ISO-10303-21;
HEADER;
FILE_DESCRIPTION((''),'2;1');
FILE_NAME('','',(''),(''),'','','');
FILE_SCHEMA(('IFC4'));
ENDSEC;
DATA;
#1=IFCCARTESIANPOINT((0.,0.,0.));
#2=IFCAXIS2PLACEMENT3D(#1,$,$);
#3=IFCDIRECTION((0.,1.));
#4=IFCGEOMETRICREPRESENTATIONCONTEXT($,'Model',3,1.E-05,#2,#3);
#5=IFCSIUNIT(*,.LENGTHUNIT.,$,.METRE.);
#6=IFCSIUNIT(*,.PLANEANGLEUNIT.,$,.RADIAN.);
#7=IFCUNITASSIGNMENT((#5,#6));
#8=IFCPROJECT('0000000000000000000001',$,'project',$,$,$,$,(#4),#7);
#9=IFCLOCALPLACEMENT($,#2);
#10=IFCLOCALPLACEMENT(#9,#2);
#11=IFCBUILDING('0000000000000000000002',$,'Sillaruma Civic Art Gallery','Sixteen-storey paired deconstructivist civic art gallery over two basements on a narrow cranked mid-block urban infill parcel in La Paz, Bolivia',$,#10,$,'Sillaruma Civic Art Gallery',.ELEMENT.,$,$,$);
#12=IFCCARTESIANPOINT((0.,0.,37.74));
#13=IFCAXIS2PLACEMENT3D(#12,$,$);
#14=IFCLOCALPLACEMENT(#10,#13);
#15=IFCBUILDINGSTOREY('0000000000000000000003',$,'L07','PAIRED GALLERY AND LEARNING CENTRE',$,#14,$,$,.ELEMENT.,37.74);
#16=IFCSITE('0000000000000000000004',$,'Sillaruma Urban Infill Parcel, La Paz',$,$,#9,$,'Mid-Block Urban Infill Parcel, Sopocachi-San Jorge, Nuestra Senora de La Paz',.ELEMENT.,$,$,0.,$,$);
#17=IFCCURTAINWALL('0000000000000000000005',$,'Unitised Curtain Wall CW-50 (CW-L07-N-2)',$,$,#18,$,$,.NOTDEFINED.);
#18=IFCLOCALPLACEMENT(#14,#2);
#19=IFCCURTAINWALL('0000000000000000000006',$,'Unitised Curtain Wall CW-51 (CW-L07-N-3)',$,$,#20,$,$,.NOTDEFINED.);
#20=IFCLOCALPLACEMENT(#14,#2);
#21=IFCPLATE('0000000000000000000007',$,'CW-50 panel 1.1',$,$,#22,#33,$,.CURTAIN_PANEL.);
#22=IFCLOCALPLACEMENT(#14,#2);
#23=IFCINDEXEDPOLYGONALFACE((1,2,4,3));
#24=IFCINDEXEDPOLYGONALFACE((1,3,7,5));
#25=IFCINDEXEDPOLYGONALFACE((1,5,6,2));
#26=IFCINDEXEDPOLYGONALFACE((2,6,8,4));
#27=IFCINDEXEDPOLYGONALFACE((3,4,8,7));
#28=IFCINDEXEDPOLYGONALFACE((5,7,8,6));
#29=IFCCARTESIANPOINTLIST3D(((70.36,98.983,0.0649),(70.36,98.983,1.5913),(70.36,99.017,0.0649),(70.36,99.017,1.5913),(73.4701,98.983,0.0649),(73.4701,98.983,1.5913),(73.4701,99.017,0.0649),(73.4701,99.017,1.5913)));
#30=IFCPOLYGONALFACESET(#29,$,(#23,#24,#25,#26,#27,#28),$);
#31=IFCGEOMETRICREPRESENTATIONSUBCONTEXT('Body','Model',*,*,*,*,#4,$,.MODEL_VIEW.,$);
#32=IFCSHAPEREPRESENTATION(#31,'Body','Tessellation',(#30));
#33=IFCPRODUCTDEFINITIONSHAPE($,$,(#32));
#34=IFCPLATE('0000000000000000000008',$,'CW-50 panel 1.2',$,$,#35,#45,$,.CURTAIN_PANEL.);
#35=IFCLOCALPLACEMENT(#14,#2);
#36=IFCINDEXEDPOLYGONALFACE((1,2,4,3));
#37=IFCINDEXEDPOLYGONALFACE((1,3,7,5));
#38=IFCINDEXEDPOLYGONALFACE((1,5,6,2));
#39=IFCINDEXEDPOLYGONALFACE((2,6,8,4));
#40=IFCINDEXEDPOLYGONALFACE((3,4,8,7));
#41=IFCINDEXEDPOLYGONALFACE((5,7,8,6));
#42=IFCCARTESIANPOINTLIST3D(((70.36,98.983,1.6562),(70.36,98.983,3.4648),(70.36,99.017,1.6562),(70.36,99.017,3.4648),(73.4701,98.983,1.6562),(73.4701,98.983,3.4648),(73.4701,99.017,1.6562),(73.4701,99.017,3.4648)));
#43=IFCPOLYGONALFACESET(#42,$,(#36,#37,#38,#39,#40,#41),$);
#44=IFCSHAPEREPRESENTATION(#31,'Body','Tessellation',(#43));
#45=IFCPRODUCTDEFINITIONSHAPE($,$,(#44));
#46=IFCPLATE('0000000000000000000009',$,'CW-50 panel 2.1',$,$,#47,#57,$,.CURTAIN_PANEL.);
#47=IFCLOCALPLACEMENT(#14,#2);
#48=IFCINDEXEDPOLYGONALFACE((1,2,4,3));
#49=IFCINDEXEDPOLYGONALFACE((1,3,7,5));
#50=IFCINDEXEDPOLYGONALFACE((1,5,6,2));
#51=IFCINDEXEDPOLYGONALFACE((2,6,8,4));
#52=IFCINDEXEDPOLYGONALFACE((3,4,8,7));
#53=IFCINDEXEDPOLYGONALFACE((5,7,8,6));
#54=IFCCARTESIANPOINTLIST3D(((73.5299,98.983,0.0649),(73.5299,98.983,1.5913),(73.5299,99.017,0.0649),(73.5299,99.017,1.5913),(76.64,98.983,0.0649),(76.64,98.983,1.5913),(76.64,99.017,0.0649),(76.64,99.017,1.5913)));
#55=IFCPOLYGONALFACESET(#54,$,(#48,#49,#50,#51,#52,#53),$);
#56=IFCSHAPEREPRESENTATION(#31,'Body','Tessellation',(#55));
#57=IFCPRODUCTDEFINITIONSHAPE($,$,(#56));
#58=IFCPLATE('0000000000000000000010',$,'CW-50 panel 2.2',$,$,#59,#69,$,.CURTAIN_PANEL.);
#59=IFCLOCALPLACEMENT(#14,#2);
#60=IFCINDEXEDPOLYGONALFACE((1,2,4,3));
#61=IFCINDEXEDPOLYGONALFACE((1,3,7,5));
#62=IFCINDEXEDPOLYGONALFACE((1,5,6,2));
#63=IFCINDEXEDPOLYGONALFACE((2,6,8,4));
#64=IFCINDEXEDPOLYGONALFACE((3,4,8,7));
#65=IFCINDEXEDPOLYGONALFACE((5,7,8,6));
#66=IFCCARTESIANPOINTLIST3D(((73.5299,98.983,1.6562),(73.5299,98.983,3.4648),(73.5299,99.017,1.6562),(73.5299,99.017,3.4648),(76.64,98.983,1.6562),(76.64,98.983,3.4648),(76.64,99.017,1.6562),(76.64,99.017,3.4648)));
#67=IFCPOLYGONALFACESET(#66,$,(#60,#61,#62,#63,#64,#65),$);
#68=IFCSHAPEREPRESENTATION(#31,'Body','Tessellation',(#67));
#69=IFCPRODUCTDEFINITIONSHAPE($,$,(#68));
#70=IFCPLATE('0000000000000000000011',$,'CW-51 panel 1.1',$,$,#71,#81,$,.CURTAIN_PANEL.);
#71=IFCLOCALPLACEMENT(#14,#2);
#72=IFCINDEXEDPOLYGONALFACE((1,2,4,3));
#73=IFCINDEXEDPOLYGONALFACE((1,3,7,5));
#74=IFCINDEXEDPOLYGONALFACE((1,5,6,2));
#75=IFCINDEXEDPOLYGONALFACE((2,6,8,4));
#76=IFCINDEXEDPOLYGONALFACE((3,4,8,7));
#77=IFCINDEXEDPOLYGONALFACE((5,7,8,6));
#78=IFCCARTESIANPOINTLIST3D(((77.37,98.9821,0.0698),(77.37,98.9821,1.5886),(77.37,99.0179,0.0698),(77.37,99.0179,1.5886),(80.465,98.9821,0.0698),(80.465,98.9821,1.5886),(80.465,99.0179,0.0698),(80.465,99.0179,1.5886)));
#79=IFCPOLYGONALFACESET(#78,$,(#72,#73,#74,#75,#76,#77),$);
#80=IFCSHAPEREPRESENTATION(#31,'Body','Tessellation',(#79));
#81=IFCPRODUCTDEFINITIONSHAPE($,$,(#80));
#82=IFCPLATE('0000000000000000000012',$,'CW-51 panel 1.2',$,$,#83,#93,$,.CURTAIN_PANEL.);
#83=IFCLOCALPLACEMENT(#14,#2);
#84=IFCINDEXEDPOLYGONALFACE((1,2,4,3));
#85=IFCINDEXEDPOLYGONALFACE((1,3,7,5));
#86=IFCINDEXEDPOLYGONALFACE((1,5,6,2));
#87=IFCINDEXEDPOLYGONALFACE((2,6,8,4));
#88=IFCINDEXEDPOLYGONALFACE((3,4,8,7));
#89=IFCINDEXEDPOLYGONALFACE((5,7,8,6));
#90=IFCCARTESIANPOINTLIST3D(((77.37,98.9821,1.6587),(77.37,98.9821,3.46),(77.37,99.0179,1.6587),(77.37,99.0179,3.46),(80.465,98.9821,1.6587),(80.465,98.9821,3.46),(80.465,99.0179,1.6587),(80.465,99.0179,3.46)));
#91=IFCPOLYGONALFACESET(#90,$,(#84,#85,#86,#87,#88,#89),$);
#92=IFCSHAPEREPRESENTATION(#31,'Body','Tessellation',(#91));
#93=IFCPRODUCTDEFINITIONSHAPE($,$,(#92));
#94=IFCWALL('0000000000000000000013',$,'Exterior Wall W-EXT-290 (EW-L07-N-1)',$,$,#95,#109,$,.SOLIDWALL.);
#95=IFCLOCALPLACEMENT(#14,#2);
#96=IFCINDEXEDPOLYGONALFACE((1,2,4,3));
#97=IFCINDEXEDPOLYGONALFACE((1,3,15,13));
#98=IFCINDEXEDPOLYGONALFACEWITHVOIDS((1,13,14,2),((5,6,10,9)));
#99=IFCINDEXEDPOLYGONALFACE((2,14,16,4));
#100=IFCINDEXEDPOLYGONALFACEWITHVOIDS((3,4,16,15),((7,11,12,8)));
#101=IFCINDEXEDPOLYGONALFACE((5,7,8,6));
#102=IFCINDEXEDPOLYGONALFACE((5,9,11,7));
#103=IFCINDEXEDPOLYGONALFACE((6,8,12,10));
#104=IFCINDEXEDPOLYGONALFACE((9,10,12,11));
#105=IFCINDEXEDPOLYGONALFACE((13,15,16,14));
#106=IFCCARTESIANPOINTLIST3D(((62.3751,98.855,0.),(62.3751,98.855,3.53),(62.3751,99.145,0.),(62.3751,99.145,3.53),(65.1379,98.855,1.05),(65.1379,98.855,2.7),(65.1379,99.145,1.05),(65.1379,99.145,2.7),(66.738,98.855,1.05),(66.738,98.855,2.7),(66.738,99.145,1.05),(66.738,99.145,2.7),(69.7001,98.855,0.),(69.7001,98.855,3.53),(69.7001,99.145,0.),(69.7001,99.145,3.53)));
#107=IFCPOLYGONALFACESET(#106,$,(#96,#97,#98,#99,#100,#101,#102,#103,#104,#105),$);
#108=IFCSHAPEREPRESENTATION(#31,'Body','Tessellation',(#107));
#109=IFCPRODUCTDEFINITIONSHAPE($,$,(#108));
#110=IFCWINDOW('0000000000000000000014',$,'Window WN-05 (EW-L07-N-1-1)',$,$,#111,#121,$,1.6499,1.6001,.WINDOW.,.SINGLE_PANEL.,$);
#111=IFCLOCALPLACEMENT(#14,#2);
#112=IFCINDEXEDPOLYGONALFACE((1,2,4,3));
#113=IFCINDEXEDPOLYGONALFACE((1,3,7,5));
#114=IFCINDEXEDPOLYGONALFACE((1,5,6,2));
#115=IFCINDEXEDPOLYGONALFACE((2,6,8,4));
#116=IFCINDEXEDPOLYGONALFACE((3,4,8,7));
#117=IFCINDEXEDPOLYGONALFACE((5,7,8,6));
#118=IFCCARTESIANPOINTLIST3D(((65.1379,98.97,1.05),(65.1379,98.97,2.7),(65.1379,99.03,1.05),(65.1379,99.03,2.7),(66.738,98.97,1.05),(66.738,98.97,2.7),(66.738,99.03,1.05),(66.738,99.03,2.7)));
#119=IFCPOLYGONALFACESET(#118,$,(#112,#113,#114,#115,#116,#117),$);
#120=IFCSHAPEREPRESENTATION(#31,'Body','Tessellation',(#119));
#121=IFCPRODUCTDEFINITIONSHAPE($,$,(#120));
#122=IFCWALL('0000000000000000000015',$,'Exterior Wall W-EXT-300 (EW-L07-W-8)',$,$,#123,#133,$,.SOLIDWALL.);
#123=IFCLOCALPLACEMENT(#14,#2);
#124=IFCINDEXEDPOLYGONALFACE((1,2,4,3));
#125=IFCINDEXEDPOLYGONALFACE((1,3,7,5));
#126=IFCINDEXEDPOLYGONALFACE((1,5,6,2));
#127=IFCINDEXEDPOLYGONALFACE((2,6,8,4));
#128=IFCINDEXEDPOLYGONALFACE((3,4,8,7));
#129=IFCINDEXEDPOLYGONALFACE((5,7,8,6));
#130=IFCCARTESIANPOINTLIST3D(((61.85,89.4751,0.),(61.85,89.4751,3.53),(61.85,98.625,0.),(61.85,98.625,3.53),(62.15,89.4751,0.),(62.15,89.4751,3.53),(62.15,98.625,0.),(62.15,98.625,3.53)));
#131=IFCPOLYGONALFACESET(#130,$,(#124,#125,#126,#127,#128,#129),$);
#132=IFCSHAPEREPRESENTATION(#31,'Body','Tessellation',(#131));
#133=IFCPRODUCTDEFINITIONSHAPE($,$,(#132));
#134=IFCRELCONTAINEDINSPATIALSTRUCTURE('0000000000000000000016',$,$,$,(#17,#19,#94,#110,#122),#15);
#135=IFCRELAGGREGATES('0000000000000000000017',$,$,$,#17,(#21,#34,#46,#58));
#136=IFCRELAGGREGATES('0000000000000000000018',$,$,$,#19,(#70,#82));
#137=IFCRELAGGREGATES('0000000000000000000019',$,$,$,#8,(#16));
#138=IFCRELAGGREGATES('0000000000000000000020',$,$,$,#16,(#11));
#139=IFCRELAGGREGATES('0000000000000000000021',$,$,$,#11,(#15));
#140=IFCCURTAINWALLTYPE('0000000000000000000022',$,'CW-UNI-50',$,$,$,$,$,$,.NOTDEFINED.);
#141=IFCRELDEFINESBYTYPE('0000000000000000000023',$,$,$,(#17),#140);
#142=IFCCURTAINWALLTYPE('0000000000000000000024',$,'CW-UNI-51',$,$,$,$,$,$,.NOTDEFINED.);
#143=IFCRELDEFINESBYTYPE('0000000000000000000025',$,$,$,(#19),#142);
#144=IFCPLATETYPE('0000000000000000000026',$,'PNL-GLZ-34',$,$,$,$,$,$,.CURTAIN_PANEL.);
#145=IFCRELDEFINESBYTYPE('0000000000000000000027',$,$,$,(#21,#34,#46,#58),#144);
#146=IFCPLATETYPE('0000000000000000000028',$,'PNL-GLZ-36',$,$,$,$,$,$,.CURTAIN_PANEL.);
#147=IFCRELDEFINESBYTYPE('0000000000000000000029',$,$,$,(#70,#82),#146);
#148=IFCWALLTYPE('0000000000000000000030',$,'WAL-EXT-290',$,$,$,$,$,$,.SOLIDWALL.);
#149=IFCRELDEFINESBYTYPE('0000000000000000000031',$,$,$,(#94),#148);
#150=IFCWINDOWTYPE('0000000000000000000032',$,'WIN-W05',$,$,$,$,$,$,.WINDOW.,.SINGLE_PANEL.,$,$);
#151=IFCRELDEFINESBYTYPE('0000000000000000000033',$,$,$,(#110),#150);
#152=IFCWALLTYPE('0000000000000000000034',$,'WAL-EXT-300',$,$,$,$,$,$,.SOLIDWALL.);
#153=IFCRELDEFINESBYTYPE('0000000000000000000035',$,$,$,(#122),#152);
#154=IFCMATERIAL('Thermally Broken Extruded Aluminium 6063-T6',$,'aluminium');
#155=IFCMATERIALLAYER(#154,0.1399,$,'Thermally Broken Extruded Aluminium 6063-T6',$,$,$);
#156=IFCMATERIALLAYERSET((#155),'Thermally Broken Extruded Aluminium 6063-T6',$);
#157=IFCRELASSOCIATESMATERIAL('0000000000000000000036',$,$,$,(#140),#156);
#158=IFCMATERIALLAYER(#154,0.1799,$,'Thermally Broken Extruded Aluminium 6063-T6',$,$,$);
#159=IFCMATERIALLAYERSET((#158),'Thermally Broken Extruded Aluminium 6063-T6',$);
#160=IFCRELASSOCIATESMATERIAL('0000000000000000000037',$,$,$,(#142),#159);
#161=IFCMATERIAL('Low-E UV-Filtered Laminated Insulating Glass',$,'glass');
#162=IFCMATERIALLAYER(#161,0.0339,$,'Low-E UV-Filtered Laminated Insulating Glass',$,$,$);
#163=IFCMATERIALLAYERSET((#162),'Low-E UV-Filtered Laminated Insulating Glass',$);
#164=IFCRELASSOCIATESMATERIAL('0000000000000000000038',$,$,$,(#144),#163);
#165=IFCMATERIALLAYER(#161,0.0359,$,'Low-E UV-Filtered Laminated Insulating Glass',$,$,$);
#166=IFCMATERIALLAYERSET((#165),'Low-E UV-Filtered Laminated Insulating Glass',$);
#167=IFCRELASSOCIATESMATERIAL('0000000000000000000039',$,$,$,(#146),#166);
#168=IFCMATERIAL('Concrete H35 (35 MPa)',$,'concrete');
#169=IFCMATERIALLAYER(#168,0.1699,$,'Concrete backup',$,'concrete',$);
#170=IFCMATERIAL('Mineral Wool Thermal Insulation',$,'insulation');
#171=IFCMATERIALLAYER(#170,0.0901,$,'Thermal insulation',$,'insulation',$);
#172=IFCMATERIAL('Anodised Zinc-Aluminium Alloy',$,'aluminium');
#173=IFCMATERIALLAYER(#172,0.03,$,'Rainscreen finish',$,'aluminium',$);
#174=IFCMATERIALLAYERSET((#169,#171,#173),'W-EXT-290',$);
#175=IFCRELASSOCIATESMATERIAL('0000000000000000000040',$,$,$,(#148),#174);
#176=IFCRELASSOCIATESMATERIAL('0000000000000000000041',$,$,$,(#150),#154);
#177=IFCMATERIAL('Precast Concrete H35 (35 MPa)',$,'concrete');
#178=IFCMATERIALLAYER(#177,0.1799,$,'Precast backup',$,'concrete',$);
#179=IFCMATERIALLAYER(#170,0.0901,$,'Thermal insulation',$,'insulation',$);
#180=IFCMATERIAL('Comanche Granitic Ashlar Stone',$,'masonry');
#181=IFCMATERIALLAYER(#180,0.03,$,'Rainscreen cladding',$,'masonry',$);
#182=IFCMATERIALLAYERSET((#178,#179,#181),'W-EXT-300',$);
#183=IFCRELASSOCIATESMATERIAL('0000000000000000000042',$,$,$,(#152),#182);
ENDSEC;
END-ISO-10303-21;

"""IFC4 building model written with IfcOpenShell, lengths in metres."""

from ifc_helpers import new_model, si_unit, direction, frame, frame_2d, origin, origin_2d, place, context, subcontext, project, spatial, rectangle, extrude, material, layer, layer_set, type_object, element, fill, aggregate, save


model = new_model("IFC4")

# Units and contexts
model_context = context("Model", 3, precision=1e-05, world=origin(), true_north=direction((0.0, 1.0)))
body_context = subcontext(model_context, "Body", "Model", "MODEL_VIEW")
ifc_project = project(units=[si_unit("LENGTHUNIT", "METRE"), si_unit("PLANEANGLEUNIT", "RADIAN")], contexts=[model_context])

# Site, building, storey
site_placement = place(None, origin())
site = spatial("IfcSite", under=ifc_project, at=site_placement, Name="Sillaruma Urban Infill Parcel, La Paz", LongName="Mid-Block Urban Infill Parcel, Sopocachi-San Jorge, Nuestra Senora de La Paz", CompositionType="ELEMENT", RefElevation=0.0)
building_placement = place(site_placement, origin())
building = spatial("IfcBuilding", under=site, at=building_placement, Name="Sillaruma Civic Art Gallery", Description="Sixteen-storey paired deconstructivist civic art gallery over two basements on a narrow cranked mid-block urban infill parcel in La Paz, Bolivia", LongName="Sillaruma Civic Art Gallery", CompositionType="ELEMENT")
storey_placement = place(building_placement, frame((0.0, 0.0, 37.74)))
storey = spatial("IfcBuildingStorey", under=building, at=storey_placement, Name="L07", Description="PAIRED GALLERY AND LEARNING CENTRE", CompositionType="ELEMENT", Elevation=37.74)

# Shared definitions
ifc_material_1 = material(Name="Concrete H35 (35 MPa)", Category="concrete")

# Curtain walls
ifc_material_2 = material(Name="Thermally Broken Extruded Aluminium 6063-T6", Category="aluminium")
ifc_layer_1 = layer(ifc_material_2, 0.1399, Name="Thermally Broken Extruded Aluminium 6063-T6")
ifc_layer_set_1 = layer_set([ifc_layer_1], Name="Thermally Broken Extruded Aluminium 6063-T6")
curtain_wall_type_1 = type_object("IfcCurtainWallType", Name="CW-UNI-50", PredefinedType="NOTDEFINED", material=ifc_layer_set_1)
curtain_wall_1_placement = place(storey_placement, origin())
curtain_wall_1 = element("IfcCurtainWall", 1, at=curtain_wall_1_placement, inside=storey, type_object=curtain_wall_type_1, Name="Unitised Curtain Wall CW-50 (CW-L07-N-2)", PredefinedType="NOTDEFINED")
ifc_layer_2 = layer(ifc_material_2, 0.1799, Name="Thermally Broken Extruded Aluminium 6063-T6")
ifc_layer_set_2 = layer_set([ifc_layer_2], Name="Thermally Broken Extruded Aluminium 6063-T6")
curtain_wall_type_2 = type_object("IfcCurtainWallType", Name="CW-UNI-51", PredefinedType="NOTDEFINED", material=ifc_layer_set_2)
curtain_wall_2_placement = place(storey_placement, origin())
curtain_wall_2 = element("IfcCurtainWall", 2, at=curtain_wall_2_placement, inside=storey, type_object=curtain_wall_type_2, Name="Unitised Curtain Wall CW-51 (CW-L07-N-3)", PredefinedType="NOTDEFINED")

# Plates
ifc_material_3 = material(Name="Low-E UV-Filtered Laminated Insulating Glass", Category="glass")
ifc_layer_3 = layer(ifc_material_3, 0.0339, Name="Low-E UV-Filtered Laminated Insulating Glass")
ifc_layer_set_3 = layer_set([ifc_layer_3], Name="Low-E UV-Filtered Laminated Insulating Glass")
plate_type_1 = type_object("IfcPlateType", Name="PNL-GLZ-34", PredefinedType="CURTAIN_PANEL", material=ifc_layer_set_3)
plate_1_placement = place(storey_placement, frame((71.915, 99.0, 0.0649), z_axis=(0.0, 0.0, 1.0), x_axis=(1.0, 0.0, 0.0)))
plate_1 = element("IfcPlate", 3, at=plate_1_placement, type_object=plate_type_1, Name="CW-50 panel 1.1", PredefinedType="CURTAIN_PANEL", context=body_context, shape_type="SweptSolid", body=[
    extrude(rectangle(XDim=3.1101, YDim=0.0339, at=origin_2d()), origin(), (0.0, 0.0, 1.0), 1.5264),
])
plate_2_placement = place(storey_placement, frame((71.915, 99.0, 1.6562), z_axis=(0.0, 0.0, 1.0), x_axis=(1.0, 0.0, 0.0)))
plate_2 = element("IfcPlate", 4, at=plate_2_placement, type_object=plate_type_1, Name="CW-50 panel 1.2", PredefinedType="CURTAIN_PANEL", context=body_context, shape_type="SweptSolid", body=[
    extrude(rectangle(XDim=3.1101, YDim=0.0339, at=origin_2d()), origin(), (0.0, 0.0, 1.0), 1.8086),
])
plate_3_placement = place(storey_placement, frame((75.085, 99.0, 0.0649), z_axis=(0.0, 0.0, 1.0), x_axis=(1.0, 0.0, 0.0)))
plate_3 = element("IfcPlate", 5, at=plate_3_placement, type_object=plate_type_1, Name="CW-50 panel 2.1", PredefinedType="CURTAIN_PANEL", context=body_context, shape_type="SweptSolid", body=[
    extrude(rectangle(XDim=3.1101, YDim=0.0339, at=origin_2d()), origin(), (0.0, 0.0, 1.0), 1.5264),
])
plate_4_placement = place(storey_placement, frame((75.085, 99.0, 1.6562), z_axis=(0.0, 0.0, 1.0), x_axis=(1.0, 0.0, 0.0)))
plate_4 = element("IfcPlate", 6, at=plate_4_placement, type_object=plate_type_1, Name="CW-50 panel 2.2", PredefinedType="CURTAIN_PANEL", context=body_context, shape_type="SweptSolid", body=[
    extrude(rectangle(XDim=3.1101, YDim=0.0339, at=origin_2d()), origin(), (0.0, 0.0, 1.0), 1.8086),
])
aggregate(curtain_wall_1, [plate_1, plate_2, plate_3, plate_4])
ifc_layer_4 = layer(ifc_material_3, 0.0359, Name="Low-E UV-Filtered Laminated Insulating Glass")
ifc_layer_set_4 = layer_set([ifc_layer_4], Name="Low-E UV-Filtered Laminated Insulating Glass")
plate_type_2 = type_object("IfcPlateType", Name="PNL-GLZ-36", PredefinedType="CURTAIN_PANEL", material=ifc_layer_set_4)
plate_5_placement = place(storey_placement, frame((78.9175, 99.0, 0.0698), z_axis=(0.0, 0.0, 1.0), x_axis=(1.0, 0.0, 0.0)))
plate_5 = element("IfcPlate", 7, at=plate_5_placement, type_object=plate_type_2, Name="CW-51 panel 1.1", PredefinedType="CURTAIN_PANEL", context=body_context, shape_type="SweptSolid", body=[
    extrude(rectangle(XDim=3.095, YDim=0.0359, at=origin_2d()), origin(), (0.0, 0.0, 1.0), 1.5188),
])
plate_6_placement = place(storey_placement, frame((78.9175, 99.0, 1.6587), z_axis=(0.0, 0.0, 1.0), x_axis=(1.0, 0.0, 0.0)))
plate_6 = element("IfcPlate", 8, at=plate_6_placement, type_object=plate_type_2, Name="CW-51 panel 1.2", PredefinedType="CURTAIN_PANEL", context=body_context, shape_type="SweptSolid", body=[
    extrude(rectangle(XDim=3.095, YDim=0.0359, at=origin_2d()), origin(), (0.0, 0.0, 1.0), 1.8013),
])
aggregate(curtain_wall_2, [plate_5, plate_6])

# Wall, opening, window
ifc_layer_5 = layer(ifc_material_1, 0.1699, Name="Concrete backup", Category="concrete")
ifc_material_4 = material(Name="Mineral Wool Thermal Insulation", Category="insulation")
ifc_layer_6 = layer(ifc_material_4, 0.0901, Name="Thermal insulation", Category="insulation")
ifc_material_5 = material(Name="Anodised Zinc-Aluminium Alloy", Category="aluminium")
ifc_layer_7 = layer(ifc_material_5, 0.03, Name="Rainscreen finish", Category="aluminium")
ifc_layer_set_5 = layer_set([ifc_layer_5, ifc_layer_6, ifc_layer_7], Name="W-EXT-290")
wall_type_1 = type_object("IfcWallType", Name="WAL-EXT-290", PredefinedType="SOLIDWALL", material=ifc_layer_set_5)
wall_1_placement = place(storey_placement, frame((62.375, 99.0, 0.0), z_axis=(0.0, 0.0, 1.0), x_axis=(1.0, 0.0, 0.0)))
wall_1 = element("IfcWall", 9, at=wall_1_placement, inside=storey, type_object=wall_type_1, Name="Exterior Wall W-EXT-290 (EW-L07-N-1)", PredefinedType="SOLIDWALL", context=body_context, shape_type="SweptSolid", body=[
    extrude(rectangle(XDim=7.325, YDim=0.29, at=frame_2d((3.6626, 0.0))), origin(), (0.0, 0.0, 1.0), 3.53),
])
opening_placement = place(wall_1_placement, frame((2.7629, 0.0, 1.05)))
opening = element("IfcOpeningElement", 10, at=opening_placement, cuts=wall_1, PredefinedType="OPENING", context=body_context, shape_type="SweptSolid", body=[
    extrude(rectangle(XDim=1.6001, YDim=1.6499, at=frame_2d((0.8, 0.825))), frame((0.0, 0.155, 0.0), z_axis=(0.0, -1.0, 0.0), x_axis=(1.0, 0.0, 0.0)), (0.0, 0.0, 1.0), 0.3101),
])
window_type = type_object("IfcWindowType", Name="WIN-W05", PartitioningType="SINGLE_PANEL", PredefinedType="WINDOW", material=ifc_material_2)
window_placement = place(opening_placement, origin())
window = element("IfcWindow", 11, at=window_placement, inside=storey, type_object=window_type, Name="Window WN-05 (EW-L07-N-1-1)", OverallHeight=1.6499, OverallWidth=1.6001, PartitioningType="SINGLE_PANEL", PredefinedType="WINDOW", context=body_context, shape_type="SweptSolid", body=[
    extrude(rectangle(XDim=1.6001, YDim=1.6499, at=frame_2d((0.8, 0.825))), frame((0.0, 0.03, 0.0), z_axis=(0.0, -1.0, 0.0), x_axis=(1.0, 0.0, 0.0)), (0.0, 0.0, 1.0), 0.0601),
])
fill(opening, window)

# Wall
ifc_material_6 = material(Name="Precast Concrete H35 (35 MPa)", Category="concrete")
ifc_layer_8 = layer(ifc_material_6, 0.1799, Name="Precast backup", Category="concrete")
ifc_layer_9 = layer(ifc_material_4, 0.0901, Name="Thermal insulation", Category="insulation")
ifc_material_7 = material(Name="Comanche Granitic Ashlar Stone", Category="masonry")
ifc_layer_10 = layer(ifc_material_7, 0.03, Name="Rainscreen cladding", Category="masonry")
ifc_layer_set_6 = layer_set([ifc_layer_8, ifc_layer_9, ifc_layer_10], Name="W-EXT-300")
wall_type_2 = type_object("IfcWallType", Name="WAL-EXT-300", PredefinedType="SOLIDWALL", material=ifc_layer_set_6)
wall_2_placement = place(storey_placement, frame((62.0, 89.4751, 0.0), z_axis=(0.0, 0.0, 1.0), x_axis=(0.0, 1.0, 0.0)))
element("IfcWall", 12, at=wall_2_placement, inside=storey, type_object=wall_type_2, Name="Exterior Wall W-EXT-300 (EW-L07-W-8)", PredefinedType="SOLIDWALL", context=body_context, shape_type="SweptSolid", body=[
    extrude(rectangle(XDim=9.1499, YDim=0.3, at=frame_2d((4.575, 0.0))), origin(), (0.0, 0.0, 1.0), 3.53),
])

save(model, "model.ifc")
